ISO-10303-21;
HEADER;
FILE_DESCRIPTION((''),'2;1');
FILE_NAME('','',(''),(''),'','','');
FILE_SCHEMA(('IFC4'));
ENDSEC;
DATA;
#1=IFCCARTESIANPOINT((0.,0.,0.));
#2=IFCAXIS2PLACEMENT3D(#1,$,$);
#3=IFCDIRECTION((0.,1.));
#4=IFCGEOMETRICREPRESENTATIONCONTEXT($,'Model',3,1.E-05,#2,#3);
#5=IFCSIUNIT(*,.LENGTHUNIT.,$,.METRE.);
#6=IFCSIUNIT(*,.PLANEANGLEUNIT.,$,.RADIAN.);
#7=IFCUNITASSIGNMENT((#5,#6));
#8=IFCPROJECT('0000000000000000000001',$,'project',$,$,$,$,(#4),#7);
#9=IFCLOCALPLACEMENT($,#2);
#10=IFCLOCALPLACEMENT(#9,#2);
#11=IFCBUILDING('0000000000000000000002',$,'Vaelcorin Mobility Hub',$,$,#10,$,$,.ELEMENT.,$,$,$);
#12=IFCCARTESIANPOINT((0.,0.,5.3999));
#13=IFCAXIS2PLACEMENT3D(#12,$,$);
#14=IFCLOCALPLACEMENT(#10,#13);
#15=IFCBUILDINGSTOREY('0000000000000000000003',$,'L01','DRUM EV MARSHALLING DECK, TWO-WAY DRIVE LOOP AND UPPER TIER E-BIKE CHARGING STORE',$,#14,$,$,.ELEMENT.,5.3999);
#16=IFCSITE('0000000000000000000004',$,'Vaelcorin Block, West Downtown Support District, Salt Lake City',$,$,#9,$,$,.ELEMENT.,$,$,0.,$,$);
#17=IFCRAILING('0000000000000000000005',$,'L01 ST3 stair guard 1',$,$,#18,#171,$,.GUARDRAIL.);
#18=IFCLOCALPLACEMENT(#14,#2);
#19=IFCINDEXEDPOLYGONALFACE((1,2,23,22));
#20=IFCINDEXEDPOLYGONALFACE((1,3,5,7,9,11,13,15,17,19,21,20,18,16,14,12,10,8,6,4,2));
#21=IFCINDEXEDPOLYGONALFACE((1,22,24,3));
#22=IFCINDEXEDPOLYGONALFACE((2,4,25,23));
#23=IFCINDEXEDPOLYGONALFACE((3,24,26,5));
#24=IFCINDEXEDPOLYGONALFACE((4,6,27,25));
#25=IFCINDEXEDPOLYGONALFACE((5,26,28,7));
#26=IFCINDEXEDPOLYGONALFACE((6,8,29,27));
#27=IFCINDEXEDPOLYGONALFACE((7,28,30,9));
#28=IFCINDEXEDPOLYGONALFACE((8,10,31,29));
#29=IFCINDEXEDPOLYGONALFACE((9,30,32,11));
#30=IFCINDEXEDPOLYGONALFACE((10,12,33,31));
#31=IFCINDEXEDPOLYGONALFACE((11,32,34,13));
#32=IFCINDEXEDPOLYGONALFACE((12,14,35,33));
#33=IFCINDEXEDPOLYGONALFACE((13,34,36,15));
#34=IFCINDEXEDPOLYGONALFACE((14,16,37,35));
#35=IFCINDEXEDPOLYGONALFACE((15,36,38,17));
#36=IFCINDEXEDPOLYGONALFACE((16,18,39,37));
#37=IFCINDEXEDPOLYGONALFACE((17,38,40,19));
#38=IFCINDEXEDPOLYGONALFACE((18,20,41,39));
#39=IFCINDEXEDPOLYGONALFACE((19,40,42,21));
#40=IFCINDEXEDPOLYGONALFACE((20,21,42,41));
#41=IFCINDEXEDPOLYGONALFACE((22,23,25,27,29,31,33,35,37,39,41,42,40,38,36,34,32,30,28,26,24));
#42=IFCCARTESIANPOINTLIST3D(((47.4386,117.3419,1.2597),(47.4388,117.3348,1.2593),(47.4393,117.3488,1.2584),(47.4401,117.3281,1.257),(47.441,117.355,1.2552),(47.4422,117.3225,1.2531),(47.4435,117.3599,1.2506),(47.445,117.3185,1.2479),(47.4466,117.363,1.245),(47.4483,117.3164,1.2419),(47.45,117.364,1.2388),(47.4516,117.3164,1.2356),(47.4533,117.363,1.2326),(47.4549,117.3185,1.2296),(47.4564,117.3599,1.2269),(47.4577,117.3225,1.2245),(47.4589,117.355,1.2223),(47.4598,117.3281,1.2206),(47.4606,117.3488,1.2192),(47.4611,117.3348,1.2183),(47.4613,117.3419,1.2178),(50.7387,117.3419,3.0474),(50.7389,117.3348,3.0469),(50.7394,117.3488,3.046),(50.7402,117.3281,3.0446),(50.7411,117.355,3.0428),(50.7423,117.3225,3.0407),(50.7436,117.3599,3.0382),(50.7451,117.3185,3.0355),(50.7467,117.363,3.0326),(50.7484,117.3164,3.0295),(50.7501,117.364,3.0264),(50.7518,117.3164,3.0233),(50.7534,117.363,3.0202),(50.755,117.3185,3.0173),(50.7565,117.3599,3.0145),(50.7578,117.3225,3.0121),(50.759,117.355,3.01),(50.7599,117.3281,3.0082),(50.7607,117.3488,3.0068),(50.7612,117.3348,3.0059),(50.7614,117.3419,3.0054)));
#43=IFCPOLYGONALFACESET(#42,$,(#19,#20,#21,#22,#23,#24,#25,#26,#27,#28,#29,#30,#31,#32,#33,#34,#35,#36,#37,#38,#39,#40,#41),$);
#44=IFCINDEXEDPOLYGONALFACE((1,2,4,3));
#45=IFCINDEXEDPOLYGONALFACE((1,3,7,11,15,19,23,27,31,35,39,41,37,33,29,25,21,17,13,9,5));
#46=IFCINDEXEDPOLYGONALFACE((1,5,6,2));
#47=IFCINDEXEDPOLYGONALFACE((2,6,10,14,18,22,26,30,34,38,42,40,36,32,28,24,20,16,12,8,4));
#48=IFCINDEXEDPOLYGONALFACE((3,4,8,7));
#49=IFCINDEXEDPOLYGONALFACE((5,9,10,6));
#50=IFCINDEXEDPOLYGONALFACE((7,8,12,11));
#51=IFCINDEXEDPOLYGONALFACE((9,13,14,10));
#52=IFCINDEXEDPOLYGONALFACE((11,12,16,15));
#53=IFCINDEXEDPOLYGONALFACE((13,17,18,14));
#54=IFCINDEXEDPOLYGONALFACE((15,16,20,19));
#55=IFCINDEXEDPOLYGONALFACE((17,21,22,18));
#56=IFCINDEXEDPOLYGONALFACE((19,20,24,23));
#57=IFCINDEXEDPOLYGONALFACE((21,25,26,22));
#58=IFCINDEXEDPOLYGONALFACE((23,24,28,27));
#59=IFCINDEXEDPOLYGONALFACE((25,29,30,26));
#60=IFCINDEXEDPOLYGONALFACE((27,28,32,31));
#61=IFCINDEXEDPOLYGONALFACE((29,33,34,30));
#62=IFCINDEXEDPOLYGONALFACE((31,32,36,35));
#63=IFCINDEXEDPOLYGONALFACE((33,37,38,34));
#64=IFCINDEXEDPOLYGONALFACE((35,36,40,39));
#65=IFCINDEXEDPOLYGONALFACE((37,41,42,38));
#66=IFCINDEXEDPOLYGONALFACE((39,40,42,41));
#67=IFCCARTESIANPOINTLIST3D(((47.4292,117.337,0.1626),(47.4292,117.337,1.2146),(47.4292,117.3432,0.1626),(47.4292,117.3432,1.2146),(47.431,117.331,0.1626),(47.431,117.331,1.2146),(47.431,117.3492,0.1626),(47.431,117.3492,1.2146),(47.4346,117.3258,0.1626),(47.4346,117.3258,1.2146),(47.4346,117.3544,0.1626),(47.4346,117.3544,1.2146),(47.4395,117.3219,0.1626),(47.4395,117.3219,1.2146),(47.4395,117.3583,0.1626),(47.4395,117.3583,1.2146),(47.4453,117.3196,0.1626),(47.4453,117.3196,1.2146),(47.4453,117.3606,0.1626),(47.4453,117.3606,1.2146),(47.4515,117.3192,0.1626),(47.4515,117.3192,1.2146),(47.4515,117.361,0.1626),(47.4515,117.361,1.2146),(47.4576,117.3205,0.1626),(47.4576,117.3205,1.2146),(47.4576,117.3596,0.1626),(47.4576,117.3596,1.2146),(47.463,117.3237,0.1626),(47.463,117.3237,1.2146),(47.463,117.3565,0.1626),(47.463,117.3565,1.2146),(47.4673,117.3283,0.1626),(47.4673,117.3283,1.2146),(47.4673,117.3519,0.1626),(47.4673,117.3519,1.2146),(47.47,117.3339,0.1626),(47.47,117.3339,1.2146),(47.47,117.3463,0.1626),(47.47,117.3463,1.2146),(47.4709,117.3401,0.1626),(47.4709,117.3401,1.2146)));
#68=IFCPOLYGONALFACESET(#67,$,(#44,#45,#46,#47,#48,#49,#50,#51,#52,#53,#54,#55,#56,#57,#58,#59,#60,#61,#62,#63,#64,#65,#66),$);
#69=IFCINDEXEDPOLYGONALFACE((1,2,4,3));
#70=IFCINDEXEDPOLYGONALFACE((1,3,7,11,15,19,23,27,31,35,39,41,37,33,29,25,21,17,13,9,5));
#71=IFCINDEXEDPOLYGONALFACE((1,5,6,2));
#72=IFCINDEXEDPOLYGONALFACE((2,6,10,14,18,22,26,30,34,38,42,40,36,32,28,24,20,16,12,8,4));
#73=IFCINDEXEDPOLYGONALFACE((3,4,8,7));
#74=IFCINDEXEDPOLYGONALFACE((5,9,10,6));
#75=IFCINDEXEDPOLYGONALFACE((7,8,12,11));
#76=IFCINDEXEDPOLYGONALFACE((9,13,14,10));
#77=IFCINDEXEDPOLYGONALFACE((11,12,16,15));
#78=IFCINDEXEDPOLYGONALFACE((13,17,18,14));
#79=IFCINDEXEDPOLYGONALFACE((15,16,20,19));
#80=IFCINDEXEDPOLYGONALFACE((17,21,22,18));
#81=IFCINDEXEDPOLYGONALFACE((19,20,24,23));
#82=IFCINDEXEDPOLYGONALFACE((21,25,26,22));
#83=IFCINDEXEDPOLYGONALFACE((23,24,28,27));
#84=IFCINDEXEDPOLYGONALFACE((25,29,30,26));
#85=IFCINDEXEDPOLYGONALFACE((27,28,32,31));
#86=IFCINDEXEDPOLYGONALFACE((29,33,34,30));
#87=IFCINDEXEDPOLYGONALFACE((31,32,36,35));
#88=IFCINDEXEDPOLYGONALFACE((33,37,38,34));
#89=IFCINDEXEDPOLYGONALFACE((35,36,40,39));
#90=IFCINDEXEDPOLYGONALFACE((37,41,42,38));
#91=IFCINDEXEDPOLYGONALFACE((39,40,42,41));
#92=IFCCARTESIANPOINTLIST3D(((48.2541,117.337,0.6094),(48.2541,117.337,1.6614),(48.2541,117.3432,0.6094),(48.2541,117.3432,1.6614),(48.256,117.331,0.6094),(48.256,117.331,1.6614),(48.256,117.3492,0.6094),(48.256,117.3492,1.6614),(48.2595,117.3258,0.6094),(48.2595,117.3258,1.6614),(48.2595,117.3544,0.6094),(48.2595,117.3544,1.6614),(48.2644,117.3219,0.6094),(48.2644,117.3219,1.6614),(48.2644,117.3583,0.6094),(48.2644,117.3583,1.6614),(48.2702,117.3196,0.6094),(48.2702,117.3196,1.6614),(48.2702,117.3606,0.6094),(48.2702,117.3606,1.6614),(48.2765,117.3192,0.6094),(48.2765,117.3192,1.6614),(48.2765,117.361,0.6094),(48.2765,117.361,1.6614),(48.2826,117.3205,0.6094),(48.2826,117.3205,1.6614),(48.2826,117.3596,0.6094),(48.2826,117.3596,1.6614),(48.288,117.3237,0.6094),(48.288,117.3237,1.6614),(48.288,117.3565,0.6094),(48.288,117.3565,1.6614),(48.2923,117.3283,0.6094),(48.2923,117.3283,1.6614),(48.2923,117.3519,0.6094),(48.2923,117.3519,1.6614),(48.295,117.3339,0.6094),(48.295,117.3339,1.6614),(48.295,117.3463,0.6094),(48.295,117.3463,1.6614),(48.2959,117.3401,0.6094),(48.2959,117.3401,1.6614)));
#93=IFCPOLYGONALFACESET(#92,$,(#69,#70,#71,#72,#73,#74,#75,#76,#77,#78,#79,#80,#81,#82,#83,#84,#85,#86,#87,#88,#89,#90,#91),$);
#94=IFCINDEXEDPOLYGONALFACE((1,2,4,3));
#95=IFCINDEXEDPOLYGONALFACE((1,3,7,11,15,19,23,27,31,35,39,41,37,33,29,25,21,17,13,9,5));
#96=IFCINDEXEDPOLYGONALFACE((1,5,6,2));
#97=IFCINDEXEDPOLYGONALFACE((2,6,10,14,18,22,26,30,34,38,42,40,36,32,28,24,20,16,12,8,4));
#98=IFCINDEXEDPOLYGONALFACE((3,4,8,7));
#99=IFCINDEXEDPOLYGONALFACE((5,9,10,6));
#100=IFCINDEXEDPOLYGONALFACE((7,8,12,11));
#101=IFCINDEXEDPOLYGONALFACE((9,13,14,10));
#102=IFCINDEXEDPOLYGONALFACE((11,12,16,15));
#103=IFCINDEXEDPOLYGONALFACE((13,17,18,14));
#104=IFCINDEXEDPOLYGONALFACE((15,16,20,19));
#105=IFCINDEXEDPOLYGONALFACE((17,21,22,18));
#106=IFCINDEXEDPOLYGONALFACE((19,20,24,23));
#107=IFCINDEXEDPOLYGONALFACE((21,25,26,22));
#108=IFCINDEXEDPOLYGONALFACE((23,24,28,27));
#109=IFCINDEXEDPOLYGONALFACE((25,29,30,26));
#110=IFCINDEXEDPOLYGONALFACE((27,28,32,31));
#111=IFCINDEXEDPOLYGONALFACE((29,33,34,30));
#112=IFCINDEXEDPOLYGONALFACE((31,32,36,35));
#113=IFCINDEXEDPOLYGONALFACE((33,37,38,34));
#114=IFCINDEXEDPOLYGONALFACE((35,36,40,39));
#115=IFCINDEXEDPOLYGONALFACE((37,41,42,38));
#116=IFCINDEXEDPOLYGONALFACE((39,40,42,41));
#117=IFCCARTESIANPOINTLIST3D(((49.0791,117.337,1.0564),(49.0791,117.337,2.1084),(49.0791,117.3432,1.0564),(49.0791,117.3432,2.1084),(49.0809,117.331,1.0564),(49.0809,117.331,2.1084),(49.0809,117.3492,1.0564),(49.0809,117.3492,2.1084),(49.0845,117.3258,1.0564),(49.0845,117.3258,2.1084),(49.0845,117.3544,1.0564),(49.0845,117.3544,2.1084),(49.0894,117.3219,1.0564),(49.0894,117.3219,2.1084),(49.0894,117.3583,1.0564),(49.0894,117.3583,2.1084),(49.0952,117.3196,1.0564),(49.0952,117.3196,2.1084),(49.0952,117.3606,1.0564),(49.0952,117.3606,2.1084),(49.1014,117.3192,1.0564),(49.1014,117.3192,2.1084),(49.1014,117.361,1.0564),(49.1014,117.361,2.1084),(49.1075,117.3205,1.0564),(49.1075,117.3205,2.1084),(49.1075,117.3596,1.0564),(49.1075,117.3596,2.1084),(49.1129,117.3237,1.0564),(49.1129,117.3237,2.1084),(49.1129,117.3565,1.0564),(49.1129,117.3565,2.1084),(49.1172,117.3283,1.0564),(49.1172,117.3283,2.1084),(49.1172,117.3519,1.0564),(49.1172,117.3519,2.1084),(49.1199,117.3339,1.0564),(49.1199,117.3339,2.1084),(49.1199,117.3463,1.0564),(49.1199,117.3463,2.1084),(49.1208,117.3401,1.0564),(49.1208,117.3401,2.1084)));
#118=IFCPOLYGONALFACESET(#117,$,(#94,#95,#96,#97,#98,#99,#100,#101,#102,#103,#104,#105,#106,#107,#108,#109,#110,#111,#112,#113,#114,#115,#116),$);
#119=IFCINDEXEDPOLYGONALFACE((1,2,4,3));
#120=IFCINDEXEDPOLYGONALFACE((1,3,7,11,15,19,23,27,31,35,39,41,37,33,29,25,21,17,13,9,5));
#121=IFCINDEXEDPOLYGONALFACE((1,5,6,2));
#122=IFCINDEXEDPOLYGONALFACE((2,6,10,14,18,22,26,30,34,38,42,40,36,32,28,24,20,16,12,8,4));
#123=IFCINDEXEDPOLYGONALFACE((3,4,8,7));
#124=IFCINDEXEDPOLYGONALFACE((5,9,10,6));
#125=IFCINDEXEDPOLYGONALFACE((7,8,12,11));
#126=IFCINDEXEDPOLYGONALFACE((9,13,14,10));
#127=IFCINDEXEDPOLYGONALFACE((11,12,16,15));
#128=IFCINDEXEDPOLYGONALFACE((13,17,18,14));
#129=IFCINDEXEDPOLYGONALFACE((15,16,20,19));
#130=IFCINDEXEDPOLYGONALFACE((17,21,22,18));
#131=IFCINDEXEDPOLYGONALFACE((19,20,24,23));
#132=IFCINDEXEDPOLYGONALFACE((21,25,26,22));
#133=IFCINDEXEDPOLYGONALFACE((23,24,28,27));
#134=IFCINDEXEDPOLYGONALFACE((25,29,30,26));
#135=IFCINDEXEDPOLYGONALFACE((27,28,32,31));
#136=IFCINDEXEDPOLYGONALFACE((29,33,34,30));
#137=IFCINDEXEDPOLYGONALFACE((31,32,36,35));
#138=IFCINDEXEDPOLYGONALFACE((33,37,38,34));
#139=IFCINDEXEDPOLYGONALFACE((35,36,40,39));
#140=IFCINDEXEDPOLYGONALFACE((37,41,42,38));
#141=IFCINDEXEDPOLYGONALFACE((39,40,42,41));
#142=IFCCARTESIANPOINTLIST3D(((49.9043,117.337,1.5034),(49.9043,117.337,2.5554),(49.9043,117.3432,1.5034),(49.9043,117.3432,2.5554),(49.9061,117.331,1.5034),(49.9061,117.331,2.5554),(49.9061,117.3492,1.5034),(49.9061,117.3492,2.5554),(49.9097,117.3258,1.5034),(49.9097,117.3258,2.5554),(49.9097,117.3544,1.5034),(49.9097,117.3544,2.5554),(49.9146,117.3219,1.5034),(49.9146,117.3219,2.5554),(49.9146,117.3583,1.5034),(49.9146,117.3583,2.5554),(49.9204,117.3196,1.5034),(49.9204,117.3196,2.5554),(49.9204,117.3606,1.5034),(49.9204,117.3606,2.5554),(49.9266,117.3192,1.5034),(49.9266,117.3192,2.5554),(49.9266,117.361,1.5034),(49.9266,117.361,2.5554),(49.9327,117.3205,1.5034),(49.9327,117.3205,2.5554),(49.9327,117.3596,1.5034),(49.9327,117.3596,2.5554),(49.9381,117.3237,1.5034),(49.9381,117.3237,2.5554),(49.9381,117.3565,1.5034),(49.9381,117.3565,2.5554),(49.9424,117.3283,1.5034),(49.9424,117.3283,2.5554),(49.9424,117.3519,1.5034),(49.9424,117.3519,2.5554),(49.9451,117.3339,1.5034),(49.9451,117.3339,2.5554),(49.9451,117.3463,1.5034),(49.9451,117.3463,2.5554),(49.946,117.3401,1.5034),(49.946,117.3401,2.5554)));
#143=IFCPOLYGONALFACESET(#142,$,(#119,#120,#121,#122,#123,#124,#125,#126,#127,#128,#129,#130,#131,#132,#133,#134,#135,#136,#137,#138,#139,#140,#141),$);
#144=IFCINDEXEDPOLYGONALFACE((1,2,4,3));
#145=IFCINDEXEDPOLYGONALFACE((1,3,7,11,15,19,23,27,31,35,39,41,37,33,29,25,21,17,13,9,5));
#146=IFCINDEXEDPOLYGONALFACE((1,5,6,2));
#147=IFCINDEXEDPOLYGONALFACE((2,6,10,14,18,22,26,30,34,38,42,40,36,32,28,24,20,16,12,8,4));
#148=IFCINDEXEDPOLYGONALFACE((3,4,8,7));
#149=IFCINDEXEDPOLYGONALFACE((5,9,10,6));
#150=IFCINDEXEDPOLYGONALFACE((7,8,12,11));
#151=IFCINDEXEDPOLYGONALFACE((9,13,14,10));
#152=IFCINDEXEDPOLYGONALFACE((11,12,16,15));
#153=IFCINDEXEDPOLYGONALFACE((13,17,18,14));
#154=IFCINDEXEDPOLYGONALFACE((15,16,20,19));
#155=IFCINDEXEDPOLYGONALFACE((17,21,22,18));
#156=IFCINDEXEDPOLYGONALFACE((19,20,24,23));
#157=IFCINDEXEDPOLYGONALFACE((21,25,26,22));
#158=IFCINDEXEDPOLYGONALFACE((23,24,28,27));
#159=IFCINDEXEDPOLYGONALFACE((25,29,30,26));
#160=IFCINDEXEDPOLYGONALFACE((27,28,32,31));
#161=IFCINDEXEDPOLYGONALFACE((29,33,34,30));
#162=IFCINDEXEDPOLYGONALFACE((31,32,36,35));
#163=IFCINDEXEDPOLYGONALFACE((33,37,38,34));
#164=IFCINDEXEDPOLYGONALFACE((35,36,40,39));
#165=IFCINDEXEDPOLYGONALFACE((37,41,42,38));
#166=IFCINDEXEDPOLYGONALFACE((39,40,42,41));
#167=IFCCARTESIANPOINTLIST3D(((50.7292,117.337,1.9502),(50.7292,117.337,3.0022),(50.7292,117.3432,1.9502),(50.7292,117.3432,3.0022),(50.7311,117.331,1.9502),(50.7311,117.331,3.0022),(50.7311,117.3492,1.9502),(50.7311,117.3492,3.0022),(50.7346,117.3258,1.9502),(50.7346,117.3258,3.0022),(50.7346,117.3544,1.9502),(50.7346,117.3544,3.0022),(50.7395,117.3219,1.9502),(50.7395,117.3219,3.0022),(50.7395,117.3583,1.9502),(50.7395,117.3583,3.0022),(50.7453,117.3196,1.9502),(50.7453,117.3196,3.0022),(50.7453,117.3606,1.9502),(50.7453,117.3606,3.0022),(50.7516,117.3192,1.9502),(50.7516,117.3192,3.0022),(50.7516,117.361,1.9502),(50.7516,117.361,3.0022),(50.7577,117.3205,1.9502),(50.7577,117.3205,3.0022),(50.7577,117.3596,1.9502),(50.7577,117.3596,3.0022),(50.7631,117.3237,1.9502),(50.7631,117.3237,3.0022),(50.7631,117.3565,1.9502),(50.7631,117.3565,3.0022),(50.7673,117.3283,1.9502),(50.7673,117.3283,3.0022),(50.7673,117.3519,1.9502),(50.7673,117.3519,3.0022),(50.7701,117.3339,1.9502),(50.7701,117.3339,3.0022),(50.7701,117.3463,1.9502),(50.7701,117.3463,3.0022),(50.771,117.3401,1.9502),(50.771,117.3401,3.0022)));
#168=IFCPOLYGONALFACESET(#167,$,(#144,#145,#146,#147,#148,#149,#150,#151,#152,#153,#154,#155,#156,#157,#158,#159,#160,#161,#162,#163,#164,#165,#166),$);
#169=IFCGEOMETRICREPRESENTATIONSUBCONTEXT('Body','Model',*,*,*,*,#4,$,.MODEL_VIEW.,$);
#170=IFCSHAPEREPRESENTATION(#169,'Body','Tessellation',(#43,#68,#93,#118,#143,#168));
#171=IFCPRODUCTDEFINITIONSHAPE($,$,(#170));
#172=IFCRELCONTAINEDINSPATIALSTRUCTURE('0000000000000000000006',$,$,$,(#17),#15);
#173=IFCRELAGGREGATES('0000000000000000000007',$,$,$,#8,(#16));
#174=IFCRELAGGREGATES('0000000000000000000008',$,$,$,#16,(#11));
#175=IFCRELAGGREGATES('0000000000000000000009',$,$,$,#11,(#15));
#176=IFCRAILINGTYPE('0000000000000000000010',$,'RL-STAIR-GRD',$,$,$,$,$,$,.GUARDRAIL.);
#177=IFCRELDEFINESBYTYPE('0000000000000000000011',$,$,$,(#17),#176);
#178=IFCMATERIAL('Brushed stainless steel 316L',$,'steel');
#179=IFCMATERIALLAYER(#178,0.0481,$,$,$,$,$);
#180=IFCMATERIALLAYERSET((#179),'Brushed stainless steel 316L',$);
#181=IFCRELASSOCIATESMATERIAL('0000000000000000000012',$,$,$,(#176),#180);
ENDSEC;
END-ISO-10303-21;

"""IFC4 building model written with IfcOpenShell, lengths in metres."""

from ifc_helpers import new_model, si_unit, direction, frame, origin, origin_2d, place, context, subcontext, project, spatial, circle, extrude, material, layer, layer_set, type_object, element, save


model = new_model("IFC4")

# Units and contexts
model_context = context("Model", 3, precision=1e-05, world=origin(), true_north=direction((0.0, 1.0)))
body_context = subcontext(model_context, "Body", "Model", "MODEL_VIEW")
ifc_project = project(units=[si_unit("LENGTHUNIT", "METRE"), si_unit("PLANEANGLEUNIT", "RADIAN")], contexts=[model_context])

# Site, building, storey
site_placement = place(None, origin())
site = spatial("IfcSite", under=ifc_project, at=site_placement, Name="Vaelcorin Block, West Downtown Support District, Salt Lake City", CompositionType="ELEMENT", RefElevation=0.0)
building_placement = place(site_placement, origin())
building = spatial("IfcBuilding", under=site, at=building_placement, Name="Vaelcorin Mobility Hub", CompositionType="ELEMENT")
storey_placement = place(building_placement, frame((0.0, 0.0, 5.3999)))
storey = spatial("IfcBuildingStorey", under=building, at=storey_placement, Name="L01", Description="DRUM EV MARSHALLING DECK, TWO-WAY DRIVE LOOP AND UPPER TIER E-BIKE CHARGING STORE", CompositionType="ELEMENT", Elevation=5.3999)

# Railing
ifc_material_1 = material(Name="Brushed stainless steel 316L", Category="steel")
ifc_layer_1 = layer(ifc_material_1, 0.0481)
ifc_layer_set_1 = layer_set([ifc_layer_1], Name="Brushed stainless steel 316L")
railing_type_1 = type_object("IfcRailingType", Name="RL-STAIR-GRD", PredefinedType="GUARDRAIL", material=ifc_layer_set_1)
railing_1_placement = place(storey_placement, frame((47.45, 117.3401, 0.1626)))
element("IfcRailing", 1, at=railing_1_placement, inside=storey, type_object=railing_type_1, Name="L01 ST3 stair guard 1", PredefinedType="GUARDRAIL", context=body_context, shape_type="SweptSolid", body=[
    extrude(circle(Radius=0.0239, at=origin_2d()), frame((0.0, 0.0, 1.0762), z_axis=(0.879284, 0.0, 0.476298), x_axis=(0.0, 1.0, 0.0)), (0.0, 0.0, 1.0), 3.7532),
    extrude(circle(Radius=0.021, at=origin_2d()), origin(), (0.0, 0.0, 1.0), 1.052),
    extrude(circle(Radius=0.021, at=origin_2d()), frame((0.825, 0.0, 0.4468)), (0.0, 0.0, 1.0), 1.052),
    extrude(circle(Radius=0.021, at=origin_2d()), frame((1.6499, 0.0, 0.8938)), (0.0, 0.0, 1.0), 1.052),
    extrude(circle(Radius=0.021, at=origin_2d()), frame((2.4751, 0.0, 1.3408)), (0.0, 0.0, 1.0), 1.052),
    extrude(circle(Radius=0.021, at=origin_2d()), frame((3.3, 0.0, 1.7876)), (0.0, 0.0, 1.0), 1.052),
])

save(model, "model.ifc")
